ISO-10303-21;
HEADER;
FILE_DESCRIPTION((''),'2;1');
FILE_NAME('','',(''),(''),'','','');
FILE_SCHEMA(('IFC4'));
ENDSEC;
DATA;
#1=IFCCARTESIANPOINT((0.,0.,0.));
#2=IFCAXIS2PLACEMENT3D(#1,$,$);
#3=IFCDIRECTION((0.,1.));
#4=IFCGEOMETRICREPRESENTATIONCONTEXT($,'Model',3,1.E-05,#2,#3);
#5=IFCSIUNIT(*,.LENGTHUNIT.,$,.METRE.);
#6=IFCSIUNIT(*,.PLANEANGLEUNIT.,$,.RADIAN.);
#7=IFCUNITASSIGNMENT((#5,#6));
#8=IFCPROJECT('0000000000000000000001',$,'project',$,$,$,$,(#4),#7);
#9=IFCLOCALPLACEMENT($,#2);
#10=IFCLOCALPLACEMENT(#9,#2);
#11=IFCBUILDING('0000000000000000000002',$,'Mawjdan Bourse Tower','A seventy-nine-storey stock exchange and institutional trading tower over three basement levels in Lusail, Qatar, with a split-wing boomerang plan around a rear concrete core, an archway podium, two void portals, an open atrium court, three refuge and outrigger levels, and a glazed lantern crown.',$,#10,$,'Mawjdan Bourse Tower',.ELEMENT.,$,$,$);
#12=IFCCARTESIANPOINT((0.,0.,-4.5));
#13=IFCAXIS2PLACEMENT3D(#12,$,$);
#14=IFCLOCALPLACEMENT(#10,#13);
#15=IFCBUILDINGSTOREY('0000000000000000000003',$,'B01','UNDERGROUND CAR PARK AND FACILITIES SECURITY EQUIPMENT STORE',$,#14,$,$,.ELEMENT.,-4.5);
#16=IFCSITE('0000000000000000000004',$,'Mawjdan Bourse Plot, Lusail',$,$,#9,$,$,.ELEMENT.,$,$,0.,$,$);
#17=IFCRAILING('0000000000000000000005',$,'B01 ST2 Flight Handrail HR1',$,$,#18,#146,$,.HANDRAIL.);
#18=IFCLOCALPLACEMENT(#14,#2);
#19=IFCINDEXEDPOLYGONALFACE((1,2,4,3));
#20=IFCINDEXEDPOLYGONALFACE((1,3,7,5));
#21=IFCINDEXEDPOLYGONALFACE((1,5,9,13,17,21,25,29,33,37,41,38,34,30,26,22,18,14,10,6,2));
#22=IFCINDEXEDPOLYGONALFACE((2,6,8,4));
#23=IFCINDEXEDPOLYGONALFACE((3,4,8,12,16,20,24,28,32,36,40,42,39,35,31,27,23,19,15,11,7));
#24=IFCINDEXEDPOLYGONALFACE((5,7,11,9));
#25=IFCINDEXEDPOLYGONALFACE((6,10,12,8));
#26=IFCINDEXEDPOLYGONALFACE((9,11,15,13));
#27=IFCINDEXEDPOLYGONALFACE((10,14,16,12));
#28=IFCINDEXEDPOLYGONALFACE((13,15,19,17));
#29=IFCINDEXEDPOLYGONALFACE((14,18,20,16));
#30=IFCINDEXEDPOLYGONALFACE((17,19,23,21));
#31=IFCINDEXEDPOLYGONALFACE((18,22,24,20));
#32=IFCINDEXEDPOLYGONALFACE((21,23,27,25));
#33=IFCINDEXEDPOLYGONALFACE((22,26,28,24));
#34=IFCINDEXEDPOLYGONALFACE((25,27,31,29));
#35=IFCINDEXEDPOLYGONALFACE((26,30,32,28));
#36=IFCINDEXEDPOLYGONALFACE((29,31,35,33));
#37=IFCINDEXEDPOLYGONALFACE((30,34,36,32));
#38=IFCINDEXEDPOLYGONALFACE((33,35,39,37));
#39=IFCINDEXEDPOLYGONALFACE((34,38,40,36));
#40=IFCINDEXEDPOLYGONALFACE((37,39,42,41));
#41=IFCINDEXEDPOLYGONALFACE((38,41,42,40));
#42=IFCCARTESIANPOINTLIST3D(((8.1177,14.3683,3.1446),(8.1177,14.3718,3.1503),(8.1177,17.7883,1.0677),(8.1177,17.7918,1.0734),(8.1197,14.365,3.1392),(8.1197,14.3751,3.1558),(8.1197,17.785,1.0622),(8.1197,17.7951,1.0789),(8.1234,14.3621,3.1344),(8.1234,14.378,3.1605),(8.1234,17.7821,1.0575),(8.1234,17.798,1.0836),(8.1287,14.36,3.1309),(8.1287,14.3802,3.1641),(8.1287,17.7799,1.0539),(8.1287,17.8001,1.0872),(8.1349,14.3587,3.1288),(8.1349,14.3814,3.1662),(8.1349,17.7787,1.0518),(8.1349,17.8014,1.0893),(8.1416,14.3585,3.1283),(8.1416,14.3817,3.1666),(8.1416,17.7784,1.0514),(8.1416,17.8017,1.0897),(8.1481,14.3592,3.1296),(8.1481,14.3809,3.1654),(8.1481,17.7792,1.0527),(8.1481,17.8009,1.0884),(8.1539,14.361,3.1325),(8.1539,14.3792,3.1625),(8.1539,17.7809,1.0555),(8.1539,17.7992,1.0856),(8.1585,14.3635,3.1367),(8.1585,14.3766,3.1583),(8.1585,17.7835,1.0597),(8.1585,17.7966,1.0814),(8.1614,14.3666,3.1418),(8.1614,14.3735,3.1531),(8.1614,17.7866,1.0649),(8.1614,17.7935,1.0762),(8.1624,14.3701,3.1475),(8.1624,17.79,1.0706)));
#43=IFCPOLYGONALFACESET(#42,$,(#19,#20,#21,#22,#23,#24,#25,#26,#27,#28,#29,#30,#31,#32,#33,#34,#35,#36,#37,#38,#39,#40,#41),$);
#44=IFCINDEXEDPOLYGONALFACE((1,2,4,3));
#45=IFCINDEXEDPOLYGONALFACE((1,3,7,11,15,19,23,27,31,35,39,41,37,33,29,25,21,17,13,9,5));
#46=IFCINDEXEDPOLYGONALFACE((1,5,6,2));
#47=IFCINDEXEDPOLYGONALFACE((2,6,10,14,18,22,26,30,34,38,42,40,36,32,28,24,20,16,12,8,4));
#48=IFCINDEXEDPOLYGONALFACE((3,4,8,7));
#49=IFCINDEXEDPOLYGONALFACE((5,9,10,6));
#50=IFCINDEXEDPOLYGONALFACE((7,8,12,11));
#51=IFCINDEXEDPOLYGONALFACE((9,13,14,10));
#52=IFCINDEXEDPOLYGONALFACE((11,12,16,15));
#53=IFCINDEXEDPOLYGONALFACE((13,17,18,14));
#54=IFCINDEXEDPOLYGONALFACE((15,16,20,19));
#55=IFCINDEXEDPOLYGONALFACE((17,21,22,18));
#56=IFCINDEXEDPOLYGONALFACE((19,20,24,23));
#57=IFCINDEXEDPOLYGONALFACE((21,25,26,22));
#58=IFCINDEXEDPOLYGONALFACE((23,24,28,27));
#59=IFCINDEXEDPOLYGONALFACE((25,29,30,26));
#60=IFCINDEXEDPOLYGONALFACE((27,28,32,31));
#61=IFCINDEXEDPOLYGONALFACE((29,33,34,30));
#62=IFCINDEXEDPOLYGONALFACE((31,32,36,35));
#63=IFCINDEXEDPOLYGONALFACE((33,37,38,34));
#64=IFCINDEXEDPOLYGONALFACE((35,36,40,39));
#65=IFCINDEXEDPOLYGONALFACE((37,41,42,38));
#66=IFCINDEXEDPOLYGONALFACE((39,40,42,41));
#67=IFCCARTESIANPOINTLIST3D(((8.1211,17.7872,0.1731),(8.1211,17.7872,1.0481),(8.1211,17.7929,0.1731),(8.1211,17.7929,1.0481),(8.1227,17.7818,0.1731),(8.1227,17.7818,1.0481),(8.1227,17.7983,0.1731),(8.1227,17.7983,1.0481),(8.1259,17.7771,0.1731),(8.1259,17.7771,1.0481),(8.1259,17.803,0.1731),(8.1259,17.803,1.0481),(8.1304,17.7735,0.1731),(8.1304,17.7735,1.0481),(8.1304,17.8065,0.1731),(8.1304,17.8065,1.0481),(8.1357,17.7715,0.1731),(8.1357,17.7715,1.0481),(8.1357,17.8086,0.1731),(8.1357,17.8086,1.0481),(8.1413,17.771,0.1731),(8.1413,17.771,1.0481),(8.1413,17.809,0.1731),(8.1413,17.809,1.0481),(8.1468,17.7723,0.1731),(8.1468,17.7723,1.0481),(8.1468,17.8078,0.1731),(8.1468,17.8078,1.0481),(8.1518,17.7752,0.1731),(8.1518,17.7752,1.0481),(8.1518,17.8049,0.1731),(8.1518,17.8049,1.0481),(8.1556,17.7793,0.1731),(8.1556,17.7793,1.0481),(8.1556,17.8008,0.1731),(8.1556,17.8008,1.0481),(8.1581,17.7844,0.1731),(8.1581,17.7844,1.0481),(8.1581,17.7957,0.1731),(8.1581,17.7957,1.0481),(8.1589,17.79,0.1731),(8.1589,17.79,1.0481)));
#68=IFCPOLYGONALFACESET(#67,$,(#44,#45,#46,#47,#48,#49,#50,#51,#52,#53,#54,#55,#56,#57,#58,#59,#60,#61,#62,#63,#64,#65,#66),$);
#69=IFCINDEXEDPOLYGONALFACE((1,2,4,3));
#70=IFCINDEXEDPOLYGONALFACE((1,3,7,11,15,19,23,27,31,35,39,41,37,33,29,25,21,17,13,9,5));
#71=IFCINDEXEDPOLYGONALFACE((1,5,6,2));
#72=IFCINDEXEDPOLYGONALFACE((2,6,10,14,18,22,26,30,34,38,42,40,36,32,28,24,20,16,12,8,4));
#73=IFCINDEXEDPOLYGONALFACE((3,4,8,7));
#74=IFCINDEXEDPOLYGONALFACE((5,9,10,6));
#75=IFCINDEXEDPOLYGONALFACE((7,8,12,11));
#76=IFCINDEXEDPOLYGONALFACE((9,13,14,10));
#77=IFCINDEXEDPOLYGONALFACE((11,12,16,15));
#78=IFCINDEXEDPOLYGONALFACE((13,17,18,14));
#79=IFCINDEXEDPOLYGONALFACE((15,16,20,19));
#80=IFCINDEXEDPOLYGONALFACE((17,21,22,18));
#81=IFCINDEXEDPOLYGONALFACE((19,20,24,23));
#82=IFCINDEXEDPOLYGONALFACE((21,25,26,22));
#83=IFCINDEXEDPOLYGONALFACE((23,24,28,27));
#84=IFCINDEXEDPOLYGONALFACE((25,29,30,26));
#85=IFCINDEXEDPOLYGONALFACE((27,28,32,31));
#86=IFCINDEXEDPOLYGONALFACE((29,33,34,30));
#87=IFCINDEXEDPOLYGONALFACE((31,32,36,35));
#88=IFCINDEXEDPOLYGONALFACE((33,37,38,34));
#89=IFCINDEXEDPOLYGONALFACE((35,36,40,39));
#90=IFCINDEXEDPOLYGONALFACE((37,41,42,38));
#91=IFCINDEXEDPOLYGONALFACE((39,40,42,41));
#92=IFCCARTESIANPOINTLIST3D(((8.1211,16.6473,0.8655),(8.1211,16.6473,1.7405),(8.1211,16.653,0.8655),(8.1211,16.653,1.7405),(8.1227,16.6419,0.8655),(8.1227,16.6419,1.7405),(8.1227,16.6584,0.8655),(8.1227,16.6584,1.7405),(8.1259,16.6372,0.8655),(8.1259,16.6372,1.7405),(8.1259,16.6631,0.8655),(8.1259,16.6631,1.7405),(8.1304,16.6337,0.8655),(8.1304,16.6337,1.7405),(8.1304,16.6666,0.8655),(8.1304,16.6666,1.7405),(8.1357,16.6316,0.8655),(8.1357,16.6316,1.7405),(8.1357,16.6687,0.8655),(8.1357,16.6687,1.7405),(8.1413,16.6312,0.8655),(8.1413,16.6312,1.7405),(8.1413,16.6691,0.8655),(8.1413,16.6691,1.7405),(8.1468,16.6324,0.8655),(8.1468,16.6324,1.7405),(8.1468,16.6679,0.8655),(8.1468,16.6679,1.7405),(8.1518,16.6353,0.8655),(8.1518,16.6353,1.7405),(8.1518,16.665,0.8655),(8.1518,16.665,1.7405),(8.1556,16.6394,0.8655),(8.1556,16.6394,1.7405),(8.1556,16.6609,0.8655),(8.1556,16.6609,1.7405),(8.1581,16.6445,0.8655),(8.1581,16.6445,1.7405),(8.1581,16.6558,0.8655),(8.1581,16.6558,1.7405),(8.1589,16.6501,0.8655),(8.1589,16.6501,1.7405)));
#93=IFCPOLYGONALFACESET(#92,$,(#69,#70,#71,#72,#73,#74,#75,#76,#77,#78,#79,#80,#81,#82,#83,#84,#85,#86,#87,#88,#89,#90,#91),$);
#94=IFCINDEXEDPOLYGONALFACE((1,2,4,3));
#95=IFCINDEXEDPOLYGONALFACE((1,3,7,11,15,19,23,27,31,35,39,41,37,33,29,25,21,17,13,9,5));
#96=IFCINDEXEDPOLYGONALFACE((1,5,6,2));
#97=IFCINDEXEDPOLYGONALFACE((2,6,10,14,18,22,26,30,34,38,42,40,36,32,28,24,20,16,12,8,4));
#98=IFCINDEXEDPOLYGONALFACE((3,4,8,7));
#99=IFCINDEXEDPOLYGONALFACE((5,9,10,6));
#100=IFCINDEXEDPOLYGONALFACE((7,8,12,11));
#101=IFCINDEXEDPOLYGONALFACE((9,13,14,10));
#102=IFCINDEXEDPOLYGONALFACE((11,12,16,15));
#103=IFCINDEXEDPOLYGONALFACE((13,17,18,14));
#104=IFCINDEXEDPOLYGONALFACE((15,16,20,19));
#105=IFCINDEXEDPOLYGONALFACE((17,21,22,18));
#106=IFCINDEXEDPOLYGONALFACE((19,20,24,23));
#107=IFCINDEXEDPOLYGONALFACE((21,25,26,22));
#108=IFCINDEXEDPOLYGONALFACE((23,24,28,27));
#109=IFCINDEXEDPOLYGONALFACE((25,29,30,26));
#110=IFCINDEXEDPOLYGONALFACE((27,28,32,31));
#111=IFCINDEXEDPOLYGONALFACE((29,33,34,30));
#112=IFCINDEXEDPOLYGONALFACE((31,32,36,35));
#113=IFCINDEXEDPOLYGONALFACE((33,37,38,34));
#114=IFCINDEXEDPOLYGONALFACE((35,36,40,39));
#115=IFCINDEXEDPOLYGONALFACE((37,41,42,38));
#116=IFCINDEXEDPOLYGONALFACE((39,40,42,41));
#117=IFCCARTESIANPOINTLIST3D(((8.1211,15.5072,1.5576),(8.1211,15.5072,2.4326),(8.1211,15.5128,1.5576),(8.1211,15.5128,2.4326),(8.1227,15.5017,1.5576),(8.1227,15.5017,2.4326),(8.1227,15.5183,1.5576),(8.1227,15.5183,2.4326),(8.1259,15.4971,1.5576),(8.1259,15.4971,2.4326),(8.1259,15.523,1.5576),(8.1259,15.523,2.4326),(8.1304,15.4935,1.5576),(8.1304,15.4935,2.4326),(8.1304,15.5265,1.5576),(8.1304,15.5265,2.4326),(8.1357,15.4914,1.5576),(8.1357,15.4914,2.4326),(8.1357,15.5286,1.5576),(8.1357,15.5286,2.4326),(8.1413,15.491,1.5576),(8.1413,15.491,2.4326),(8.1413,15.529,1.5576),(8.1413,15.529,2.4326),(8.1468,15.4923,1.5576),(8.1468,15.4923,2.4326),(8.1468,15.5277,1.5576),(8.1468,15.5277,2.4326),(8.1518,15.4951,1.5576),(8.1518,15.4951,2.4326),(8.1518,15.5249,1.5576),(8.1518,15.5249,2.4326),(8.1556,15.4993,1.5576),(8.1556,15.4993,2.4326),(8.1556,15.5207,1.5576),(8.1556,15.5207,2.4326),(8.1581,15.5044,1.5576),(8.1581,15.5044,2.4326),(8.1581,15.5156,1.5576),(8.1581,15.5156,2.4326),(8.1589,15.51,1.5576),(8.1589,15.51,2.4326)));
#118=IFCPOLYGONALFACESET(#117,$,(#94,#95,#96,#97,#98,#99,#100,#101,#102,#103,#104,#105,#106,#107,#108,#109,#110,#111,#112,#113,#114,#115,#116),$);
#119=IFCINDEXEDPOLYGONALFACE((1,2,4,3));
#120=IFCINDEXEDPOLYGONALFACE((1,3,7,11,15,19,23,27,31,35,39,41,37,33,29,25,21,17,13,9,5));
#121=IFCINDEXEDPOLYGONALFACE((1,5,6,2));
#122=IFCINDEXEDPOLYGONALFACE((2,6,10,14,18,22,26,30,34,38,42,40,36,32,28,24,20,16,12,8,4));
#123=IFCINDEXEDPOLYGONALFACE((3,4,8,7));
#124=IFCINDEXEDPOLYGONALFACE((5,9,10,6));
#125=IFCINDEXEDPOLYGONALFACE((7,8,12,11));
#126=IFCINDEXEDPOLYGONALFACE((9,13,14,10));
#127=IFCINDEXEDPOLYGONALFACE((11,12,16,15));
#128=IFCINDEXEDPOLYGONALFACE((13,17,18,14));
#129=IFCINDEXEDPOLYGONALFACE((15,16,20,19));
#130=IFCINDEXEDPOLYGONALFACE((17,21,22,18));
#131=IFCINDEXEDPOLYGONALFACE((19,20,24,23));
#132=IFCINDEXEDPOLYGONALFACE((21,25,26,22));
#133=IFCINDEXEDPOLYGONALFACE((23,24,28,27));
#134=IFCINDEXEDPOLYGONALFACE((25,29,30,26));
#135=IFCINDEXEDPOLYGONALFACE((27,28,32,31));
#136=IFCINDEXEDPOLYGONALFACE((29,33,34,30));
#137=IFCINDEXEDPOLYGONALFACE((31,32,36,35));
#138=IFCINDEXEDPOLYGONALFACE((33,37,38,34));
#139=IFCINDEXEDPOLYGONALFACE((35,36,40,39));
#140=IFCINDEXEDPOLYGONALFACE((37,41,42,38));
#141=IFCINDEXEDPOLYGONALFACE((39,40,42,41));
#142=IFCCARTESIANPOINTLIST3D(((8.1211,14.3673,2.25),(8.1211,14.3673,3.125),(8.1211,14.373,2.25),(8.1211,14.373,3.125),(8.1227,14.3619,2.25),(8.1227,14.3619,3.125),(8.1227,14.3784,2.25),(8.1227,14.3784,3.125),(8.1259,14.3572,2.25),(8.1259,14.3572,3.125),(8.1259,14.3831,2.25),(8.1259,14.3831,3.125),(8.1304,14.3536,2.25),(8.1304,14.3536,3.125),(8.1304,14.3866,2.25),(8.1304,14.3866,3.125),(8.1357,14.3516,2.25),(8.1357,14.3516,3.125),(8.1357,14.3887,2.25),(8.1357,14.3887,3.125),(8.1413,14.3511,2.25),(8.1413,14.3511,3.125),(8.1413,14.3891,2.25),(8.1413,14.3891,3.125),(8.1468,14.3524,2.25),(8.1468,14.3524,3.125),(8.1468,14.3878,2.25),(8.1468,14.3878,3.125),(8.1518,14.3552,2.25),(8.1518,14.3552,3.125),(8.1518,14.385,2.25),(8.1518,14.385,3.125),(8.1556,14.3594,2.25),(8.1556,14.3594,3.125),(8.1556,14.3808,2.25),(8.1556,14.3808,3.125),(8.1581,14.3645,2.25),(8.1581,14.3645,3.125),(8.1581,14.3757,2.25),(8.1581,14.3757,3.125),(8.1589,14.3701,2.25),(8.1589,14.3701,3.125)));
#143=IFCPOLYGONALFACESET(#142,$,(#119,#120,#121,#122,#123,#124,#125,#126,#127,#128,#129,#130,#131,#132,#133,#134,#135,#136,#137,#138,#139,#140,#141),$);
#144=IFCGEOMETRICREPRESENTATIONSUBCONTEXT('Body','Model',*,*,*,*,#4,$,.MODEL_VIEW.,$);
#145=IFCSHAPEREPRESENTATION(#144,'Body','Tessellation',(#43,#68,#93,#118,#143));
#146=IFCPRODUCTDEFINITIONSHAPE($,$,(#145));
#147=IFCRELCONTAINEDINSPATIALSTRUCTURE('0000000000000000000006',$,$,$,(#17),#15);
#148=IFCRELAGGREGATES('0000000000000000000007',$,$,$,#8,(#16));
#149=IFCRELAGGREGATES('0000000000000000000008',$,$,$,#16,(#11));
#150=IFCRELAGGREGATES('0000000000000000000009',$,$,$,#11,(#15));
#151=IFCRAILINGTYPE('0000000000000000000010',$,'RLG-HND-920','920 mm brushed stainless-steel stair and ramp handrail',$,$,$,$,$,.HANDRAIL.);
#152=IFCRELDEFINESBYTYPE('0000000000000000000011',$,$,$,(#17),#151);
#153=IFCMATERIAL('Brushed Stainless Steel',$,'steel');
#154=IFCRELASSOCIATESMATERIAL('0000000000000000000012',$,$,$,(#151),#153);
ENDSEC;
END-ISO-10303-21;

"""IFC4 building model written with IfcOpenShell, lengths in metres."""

from ifc_helpers import new_model, si_unit, direction, frame, origin, origin_2d, place, context, subcontext, project, spatial, circle, extrude, material, type_object, element, save


model = new_model("IFC4")

# Units and contexts
model_context = context("Model", 3, precision=1e-05, world=origin(), true_north=direction((0.0, 1.0)))
body_context = subcontext(model_context, "Body", "Model", "MODEL_VIEW")
ifc_project = project(units=[si_unit("LENGTHUNIT", "METRE"), si_unit("PLANEANGLEUNIT", "RADIAN")], contexts=[model_context])

# Site, building, storey
site_placement = place(None, origin())
site = spatial("IfcSite", under=ifc_project, at=site_placement, Name="Mawjdan Bourse Plot, Lusail", CompositionType="ELEMENT", RefElevation=0.0)
building_placement = place(site_placement, origin())
building = spatial("IfcBuilding", under=site, at=building_placement, Name="Mawjdan Bourse Tower", Description="A seventy-nine-storey stock exchange and institutional trading tower over three basement levels in Lusail, Qatar, with a split-wing boomerang plan around a rear concrete core, an archway podium, two void portals, an open atrium court, three refuge and outrigger levels, and a glazed lantern crown.", LongName="Mawjdan Bourse Tower", CompositionType="ELEMENT")
storey_placement = place(building_placement, frame((0.0, 0.0, -4.5)))
storey = spatial("IfcBuildingStorey", under=building, at=storey_placement, Name="B01", Description="UNDERGROUND CAR PARK AND FACILITIES SECURITY EQUIPMENT STORE", CompositionType="ELEMENT", Elevation=-4.5)

# Railing
ifc_material_1 = material(Name="Brushed Stainless Steel", Category="steel")
railing_type_1 = type_object("IfcRailingType", Name="RLG-HND-920", Description="920 mm brushed stainless-steel stair and ramp handrail", PredefinedType="HANDRAIL", material=ifc_material_1)
for number, where, name in (
    (1, (8.1399, 17.79, 0.1731), "B01 ST2 Flight Handrail HR1"),
):
    element("IfcRailing", number, at=place(storey_placement, frame(where)), inside=storey, type_object=railing_type_1, Name=name, PredefinedType="HANDRAIL", context=body_context, shape_type="SweptSolid", body=[
        extrude(circle(Radius=0.0225, at=origin_2d()), frame((0.0, 0.0, 0.8975), z_axis=(0.0, -0.85473, 0.519074), x_axis=(1.0, 0.0, 0.0)), (0.0, 0.0, 1.0), 4.0012),
        extrude(circle(Radius=0.019, at=origin_2d()), origin(), (0.0, 0.0, 1.0), 0.875),
        extrude(circle(Radius=0.019, at=origin_2d()), frame((0.0, -1.1399, 0.6924)), (0.0, 0.0, 1.0), 0.875),
        extrude(circle(Radius=0.019, at=origin_2d()), frame((0.0, -2.28, 1.3845)), (0.0, 0.0, 1.0), 0.875),
        extrude(circle(Radius=0.019, at=origin_2d()), frame((0.0, -3.4199, 2.0769)), (0.0, 0.0, 1.0), 0.875),
    ])

save(model, "model.ifc")
